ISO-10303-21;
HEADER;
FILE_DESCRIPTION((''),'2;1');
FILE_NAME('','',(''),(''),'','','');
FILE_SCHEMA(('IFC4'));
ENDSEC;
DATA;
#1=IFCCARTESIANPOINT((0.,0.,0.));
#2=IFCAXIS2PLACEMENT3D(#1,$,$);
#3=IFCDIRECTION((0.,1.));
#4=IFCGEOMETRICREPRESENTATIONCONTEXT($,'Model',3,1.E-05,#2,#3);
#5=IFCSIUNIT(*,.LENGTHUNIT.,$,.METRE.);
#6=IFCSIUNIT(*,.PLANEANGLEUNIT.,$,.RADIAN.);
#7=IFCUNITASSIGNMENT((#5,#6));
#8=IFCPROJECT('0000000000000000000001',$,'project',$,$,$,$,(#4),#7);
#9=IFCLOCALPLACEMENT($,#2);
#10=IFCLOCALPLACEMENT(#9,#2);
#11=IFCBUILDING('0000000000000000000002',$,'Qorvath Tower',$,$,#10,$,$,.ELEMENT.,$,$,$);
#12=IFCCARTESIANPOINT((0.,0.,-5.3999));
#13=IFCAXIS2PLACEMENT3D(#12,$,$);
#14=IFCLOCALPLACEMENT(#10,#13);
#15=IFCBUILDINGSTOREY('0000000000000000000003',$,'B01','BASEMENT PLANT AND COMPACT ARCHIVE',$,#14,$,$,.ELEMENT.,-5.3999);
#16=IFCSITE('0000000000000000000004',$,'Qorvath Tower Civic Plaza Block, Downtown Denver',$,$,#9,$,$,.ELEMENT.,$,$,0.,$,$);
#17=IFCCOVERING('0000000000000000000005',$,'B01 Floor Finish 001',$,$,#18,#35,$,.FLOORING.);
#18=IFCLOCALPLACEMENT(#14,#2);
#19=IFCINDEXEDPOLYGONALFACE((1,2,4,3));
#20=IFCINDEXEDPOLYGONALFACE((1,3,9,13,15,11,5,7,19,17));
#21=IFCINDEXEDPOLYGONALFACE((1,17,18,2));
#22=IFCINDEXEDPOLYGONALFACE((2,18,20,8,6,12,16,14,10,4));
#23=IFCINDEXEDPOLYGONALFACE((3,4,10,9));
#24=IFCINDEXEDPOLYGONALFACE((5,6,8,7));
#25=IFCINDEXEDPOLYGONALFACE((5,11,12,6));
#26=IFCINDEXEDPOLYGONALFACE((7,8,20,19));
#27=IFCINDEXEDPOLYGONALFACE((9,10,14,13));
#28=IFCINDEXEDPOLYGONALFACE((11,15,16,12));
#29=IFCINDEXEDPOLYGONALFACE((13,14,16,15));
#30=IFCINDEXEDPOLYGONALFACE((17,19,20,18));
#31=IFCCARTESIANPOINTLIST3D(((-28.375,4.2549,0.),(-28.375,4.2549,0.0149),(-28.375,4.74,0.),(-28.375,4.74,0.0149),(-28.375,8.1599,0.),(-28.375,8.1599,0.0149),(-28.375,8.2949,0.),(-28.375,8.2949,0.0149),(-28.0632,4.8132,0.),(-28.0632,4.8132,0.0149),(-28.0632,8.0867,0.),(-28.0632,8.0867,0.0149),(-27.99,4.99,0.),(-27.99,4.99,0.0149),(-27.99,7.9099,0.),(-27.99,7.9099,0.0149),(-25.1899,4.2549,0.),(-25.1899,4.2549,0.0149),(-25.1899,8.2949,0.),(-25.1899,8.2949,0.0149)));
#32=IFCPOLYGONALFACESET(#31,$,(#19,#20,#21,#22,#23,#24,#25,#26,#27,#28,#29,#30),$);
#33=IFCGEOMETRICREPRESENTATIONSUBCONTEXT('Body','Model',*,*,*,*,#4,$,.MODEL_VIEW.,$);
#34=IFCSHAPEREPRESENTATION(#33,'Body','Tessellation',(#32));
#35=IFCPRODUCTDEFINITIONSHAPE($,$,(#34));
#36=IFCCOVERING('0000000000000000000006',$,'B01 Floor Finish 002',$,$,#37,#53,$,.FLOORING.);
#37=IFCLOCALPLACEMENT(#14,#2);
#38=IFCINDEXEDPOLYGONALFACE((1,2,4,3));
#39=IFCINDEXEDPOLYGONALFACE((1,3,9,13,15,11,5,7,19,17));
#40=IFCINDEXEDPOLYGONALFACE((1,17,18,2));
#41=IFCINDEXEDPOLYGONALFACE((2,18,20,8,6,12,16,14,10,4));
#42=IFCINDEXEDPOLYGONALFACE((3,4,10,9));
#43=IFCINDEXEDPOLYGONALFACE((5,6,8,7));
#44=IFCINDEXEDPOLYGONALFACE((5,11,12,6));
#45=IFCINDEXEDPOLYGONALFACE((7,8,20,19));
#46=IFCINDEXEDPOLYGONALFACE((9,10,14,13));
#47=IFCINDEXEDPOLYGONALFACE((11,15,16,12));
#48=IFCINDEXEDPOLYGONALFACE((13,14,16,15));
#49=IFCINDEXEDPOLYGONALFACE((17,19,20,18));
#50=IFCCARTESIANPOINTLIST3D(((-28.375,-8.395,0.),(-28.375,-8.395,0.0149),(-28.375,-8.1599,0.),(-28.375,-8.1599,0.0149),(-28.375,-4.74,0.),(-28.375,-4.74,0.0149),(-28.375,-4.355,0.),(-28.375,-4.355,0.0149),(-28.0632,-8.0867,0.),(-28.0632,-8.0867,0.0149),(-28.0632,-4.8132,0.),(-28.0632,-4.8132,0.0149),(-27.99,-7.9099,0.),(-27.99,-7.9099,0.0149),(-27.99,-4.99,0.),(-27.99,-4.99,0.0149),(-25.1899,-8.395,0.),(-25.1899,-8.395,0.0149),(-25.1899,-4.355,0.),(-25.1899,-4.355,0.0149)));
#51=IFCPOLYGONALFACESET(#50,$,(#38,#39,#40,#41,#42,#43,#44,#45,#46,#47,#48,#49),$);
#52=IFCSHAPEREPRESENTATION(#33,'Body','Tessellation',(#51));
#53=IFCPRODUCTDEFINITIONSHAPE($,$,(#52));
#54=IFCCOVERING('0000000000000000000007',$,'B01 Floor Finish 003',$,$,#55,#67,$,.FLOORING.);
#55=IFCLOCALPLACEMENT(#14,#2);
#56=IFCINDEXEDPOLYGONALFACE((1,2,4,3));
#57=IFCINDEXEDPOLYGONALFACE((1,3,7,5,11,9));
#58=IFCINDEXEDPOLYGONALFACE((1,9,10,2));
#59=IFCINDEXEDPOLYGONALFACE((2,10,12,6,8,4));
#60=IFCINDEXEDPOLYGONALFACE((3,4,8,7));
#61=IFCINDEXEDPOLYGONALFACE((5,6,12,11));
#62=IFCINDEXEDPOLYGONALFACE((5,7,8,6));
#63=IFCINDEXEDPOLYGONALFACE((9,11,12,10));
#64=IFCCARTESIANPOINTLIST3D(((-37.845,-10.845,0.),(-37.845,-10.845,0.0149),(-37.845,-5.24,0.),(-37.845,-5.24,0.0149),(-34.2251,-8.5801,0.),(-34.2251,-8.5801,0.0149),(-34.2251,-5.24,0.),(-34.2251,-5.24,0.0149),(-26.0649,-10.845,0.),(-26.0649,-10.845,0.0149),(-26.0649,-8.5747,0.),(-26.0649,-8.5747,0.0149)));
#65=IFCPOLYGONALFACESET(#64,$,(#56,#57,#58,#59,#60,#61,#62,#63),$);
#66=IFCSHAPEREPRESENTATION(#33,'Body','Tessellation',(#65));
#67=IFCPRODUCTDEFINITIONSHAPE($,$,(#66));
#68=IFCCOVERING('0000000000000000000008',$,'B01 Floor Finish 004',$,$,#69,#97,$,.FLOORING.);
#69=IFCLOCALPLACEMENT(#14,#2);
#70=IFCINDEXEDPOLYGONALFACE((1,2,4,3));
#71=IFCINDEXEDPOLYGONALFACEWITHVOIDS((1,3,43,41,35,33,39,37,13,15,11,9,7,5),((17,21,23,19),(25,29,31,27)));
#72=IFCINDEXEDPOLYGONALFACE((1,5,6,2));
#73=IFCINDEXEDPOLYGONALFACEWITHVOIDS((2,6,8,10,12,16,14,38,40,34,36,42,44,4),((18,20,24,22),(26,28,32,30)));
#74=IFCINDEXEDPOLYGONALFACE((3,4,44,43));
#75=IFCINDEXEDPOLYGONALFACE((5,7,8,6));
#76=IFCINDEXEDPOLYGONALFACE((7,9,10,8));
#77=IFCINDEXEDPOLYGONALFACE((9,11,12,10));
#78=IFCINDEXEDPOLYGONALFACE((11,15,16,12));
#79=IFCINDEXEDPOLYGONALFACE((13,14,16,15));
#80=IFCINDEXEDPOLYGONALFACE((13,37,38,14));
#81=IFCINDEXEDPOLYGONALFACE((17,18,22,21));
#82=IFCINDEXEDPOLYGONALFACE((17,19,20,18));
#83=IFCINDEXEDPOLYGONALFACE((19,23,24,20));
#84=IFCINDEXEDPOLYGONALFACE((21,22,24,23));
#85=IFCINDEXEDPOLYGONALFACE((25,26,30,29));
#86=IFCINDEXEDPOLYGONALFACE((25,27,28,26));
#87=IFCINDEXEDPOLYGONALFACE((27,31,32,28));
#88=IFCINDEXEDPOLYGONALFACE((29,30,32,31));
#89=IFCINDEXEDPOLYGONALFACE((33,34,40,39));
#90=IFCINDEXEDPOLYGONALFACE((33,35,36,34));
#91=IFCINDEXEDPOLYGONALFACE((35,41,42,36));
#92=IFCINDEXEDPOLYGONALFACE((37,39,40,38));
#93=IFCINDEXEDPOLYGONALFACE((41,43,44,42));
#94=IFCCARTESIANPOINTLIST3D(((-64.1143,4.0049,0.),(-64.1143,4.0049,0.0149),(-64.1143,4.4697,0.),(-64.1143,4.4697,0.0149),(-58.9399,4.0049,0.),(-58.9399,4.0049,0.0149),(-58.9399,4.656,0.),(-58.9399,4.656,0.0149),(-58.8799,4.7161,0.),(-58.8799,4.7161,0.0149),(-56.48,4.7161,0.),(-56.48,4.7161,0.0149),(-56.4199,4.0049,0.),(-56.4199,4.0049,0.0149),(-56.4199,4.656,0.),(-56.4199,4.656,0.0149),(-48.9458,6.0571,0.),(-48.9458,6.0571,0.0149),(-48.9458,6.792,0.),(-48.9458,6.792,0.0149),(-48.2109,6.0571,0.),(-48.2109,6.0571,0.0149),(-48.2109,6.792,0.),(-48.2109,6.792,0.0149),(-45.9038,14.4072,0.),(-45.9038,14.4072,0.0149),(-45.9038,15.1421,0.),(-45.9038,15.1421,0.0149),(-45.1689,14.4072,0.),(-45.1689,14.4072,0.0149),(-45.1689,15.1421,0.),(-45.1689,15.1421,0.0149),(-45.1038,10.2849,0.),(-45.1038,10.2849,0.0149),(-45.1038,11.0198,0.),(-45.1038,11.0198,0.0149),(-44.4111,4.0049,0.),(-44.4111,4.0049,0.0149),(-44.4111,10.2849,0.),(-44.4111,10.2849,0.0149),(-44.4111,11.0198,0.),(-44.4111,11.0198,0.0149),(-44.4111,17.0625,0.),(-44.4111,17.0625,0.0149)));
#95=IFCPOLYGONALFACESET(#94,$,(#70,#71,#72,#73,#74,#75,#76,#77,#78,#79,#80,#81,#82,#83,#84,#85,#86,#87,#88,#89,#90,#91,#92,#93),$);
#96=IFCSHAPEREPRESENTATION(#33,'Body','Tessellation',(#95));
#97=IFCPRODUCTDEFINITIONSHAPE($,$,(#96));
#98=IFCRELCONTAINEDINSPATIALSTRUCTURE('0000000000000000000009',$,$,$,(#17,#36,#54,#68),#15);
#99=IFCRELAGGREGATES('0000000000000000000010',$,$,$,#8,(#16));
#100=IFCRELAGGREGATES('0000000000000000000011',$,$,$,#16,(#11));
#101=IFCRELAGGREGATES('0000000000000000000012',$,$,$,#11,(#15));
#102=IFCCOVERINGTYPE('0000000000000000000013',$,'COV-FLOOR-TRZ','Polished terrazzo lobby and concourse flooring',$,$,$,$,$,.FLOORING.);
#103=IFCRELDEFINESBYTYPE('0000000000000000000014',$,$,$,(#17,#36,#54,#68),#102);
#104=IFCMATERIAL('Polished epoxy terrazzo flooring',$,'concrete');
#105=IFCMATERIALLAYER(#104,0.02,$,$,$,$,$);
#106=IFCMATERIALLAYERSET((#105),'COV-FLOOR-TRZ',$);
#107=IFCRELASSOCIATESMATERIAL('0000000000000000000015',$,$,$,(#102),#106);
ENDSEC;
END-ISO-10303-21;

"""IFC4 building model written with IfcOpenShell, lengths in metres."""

from ifc_helpers import new_model, si_unit, direction, frame, origin, place, context, subcontext, project, spatial, polyline, outline, extrude, material, layer, layer_set, type_object, element, save


model = new_model("IFC4")

# Units and contexts
model_context = context("Model", 3, precision=1e-05, world=origin(), true_north=direction((0.0, 1.0)))
body_context = subcontext(model_context, "Body", "Model", "MODEL_VIEW")
ifc_project = project(units=[si_unit("LENGTHUNIT", "METRE"), si_unit("PLANEANGLEUNIT", "RADIAN")], contexts=[model_context])

# Site, building, storey
site_placement = place(None, origin())
site = spatial("IfcSite", under=ifc_project, at=site_placement, Name="Qorvath Tower Civic Plaza Block, Downtown Denver", CompositionType="ELEMENT", RefElevation=0.0)
building_placement = place(site_placement, origin())
building = spatial("IfcBuilding", under=site, at=building_placement, Name="Qorvath Tower", CompositionType="ELEMENT")
storey_placement = place(building_placement, frame((0.0, 0.0, -5.3999)))
storey = spatial("IfcBuildingStorey", under=building, at=storey_placement, Name="B01", Description="BASEMENT PLANT AND COMPACT ARCHIVE", CompositionType="ELEMENT", Elevation=-5.3999)

# Coverings
ifc_material_1 = material(Name="Polished epoxy terrazzo flooring", Category="concrete")
ifc_layer_1 = layer(ifc_material_1, 0.02)
ifc_layer_set_1 = layer_set([ifc_layer_1], Name="COV-FLOOR-TRZ")
covering_type_1 = type_object("IfcCoveringType", Name="COV-FLOOR-TRZ", Description="Polished terrazzo lobby and concourse flooring", PredefinedType="FLOORING", material=ifc_layer_set_1)
covering_1_placement = place(storey_placement, origin())
element("IfcCovering", 1, at=covering_1_placement, inside=storey, type_object=covering_type_1, Name="B01 Floor Finish 001", PredefinedType="FLOORING", context=body_context, shape_type="SweptSolid", body=[
    extrude(outline(polyline([(-25.1899, 4.2549), (-25.1899, 8.2949), (-28.375, 8.2949), (-28.375, 8.1599), (-28.0632, 8.0867), (-27.99, 7.9099), (-27.99, 4.99), (-28.0632, 4.8132), (-28.375, 4.74), (-28.375, 4.2549), (-25.1899, 4.2549)])), origin(), (0.0, 0.0, 1.0), 0.0149),
])
covering_2_placement = place(storey_placement, origin())
element("IfcCovering", 2, at=covering_2_placement, inside=storey, type_object=covering_type_1, Name="B01 Floor Finish 002", PredefinedType="FLOORING", context=body_context, shape_type="SweptSolid", body=[
    extrude(outline(polyline([(-25.1899, -8.395), (-25.1899, -4.355), (-28.375, -4.355), (-28.375, -4.74), (-28.0632, -4.8132), (-27.99, -4.99), (-27.99, -7.9099), (-28.0632, -8.0867), (-28.375, -8.1599), (-28.375, -8.395), (-25.1899, -8.395)])), origin(), (0.0, 0.0, 1.0), 0.0149),
])
covering_3_placement = place(storey_placement, origin())
element("IfcCovering", 3, at=covering_3_placement, inside=storey, type_object=covering_type_1, Name="B01 Floor Finish 003", PredefinedType="FLOORING", context=body_context, shape_type="SweptSolid", body=[
    extrude(outline(polyline([(-34.2251, -8.5801), (-34.2251, -5.24), (-37.845, -5.24), (-37.845, -10.845), (-26.0649, -10.845), (-26.0649, -8.5747), (-34.2251, -8.5801)])), origin(), (0.0, 0.0, 1.0), 0.0149),
])
covering_4_placement = place(storey_placement, origin())
element("IfcCovering", 4, at=covering_4_placement, inside=storey, type_object=covering_type_1, Name="B01 Floor Finish 004", PredefinedType="FLOORING", context=body_context, shape_type="SweptSolid", body=[
    extrude(outline(polyline([(-44.4111, 4.0049), (-44.4111, 10.2849), (-45.1038, 10.2849), (-45.1038, 11.0198), (-44.4111, 11.0198), (-44.4111, 17.0625), (-64.1143, 4.4697), (-64.1143, 4.0049), (-58.9399, 4.0049), (-58.9399, 4.656), (-58.8799, 4.7161), (-56.48, 4.7161), (-56.4199, 4.656), (-56.4199, 4.0049), (-44.4111, 4.0049)]), holes=[polyline([(-45.9038, 15.1421), (-45.1689, 15.1421), (-45.1689, 14.4072), (-45.9038, 14.4072), (-45.9038, 15.1421)]), polyline([(-48.9458, 6.792), (-48.2109, 6.792), (-48.2109, 6.0571), (-48.9458, 6.0571), (-48.9458, 6.792)])]), origin(), (0.0, 0.0, 1.0), 0.0149),
])

save(model, "model.ifc")
